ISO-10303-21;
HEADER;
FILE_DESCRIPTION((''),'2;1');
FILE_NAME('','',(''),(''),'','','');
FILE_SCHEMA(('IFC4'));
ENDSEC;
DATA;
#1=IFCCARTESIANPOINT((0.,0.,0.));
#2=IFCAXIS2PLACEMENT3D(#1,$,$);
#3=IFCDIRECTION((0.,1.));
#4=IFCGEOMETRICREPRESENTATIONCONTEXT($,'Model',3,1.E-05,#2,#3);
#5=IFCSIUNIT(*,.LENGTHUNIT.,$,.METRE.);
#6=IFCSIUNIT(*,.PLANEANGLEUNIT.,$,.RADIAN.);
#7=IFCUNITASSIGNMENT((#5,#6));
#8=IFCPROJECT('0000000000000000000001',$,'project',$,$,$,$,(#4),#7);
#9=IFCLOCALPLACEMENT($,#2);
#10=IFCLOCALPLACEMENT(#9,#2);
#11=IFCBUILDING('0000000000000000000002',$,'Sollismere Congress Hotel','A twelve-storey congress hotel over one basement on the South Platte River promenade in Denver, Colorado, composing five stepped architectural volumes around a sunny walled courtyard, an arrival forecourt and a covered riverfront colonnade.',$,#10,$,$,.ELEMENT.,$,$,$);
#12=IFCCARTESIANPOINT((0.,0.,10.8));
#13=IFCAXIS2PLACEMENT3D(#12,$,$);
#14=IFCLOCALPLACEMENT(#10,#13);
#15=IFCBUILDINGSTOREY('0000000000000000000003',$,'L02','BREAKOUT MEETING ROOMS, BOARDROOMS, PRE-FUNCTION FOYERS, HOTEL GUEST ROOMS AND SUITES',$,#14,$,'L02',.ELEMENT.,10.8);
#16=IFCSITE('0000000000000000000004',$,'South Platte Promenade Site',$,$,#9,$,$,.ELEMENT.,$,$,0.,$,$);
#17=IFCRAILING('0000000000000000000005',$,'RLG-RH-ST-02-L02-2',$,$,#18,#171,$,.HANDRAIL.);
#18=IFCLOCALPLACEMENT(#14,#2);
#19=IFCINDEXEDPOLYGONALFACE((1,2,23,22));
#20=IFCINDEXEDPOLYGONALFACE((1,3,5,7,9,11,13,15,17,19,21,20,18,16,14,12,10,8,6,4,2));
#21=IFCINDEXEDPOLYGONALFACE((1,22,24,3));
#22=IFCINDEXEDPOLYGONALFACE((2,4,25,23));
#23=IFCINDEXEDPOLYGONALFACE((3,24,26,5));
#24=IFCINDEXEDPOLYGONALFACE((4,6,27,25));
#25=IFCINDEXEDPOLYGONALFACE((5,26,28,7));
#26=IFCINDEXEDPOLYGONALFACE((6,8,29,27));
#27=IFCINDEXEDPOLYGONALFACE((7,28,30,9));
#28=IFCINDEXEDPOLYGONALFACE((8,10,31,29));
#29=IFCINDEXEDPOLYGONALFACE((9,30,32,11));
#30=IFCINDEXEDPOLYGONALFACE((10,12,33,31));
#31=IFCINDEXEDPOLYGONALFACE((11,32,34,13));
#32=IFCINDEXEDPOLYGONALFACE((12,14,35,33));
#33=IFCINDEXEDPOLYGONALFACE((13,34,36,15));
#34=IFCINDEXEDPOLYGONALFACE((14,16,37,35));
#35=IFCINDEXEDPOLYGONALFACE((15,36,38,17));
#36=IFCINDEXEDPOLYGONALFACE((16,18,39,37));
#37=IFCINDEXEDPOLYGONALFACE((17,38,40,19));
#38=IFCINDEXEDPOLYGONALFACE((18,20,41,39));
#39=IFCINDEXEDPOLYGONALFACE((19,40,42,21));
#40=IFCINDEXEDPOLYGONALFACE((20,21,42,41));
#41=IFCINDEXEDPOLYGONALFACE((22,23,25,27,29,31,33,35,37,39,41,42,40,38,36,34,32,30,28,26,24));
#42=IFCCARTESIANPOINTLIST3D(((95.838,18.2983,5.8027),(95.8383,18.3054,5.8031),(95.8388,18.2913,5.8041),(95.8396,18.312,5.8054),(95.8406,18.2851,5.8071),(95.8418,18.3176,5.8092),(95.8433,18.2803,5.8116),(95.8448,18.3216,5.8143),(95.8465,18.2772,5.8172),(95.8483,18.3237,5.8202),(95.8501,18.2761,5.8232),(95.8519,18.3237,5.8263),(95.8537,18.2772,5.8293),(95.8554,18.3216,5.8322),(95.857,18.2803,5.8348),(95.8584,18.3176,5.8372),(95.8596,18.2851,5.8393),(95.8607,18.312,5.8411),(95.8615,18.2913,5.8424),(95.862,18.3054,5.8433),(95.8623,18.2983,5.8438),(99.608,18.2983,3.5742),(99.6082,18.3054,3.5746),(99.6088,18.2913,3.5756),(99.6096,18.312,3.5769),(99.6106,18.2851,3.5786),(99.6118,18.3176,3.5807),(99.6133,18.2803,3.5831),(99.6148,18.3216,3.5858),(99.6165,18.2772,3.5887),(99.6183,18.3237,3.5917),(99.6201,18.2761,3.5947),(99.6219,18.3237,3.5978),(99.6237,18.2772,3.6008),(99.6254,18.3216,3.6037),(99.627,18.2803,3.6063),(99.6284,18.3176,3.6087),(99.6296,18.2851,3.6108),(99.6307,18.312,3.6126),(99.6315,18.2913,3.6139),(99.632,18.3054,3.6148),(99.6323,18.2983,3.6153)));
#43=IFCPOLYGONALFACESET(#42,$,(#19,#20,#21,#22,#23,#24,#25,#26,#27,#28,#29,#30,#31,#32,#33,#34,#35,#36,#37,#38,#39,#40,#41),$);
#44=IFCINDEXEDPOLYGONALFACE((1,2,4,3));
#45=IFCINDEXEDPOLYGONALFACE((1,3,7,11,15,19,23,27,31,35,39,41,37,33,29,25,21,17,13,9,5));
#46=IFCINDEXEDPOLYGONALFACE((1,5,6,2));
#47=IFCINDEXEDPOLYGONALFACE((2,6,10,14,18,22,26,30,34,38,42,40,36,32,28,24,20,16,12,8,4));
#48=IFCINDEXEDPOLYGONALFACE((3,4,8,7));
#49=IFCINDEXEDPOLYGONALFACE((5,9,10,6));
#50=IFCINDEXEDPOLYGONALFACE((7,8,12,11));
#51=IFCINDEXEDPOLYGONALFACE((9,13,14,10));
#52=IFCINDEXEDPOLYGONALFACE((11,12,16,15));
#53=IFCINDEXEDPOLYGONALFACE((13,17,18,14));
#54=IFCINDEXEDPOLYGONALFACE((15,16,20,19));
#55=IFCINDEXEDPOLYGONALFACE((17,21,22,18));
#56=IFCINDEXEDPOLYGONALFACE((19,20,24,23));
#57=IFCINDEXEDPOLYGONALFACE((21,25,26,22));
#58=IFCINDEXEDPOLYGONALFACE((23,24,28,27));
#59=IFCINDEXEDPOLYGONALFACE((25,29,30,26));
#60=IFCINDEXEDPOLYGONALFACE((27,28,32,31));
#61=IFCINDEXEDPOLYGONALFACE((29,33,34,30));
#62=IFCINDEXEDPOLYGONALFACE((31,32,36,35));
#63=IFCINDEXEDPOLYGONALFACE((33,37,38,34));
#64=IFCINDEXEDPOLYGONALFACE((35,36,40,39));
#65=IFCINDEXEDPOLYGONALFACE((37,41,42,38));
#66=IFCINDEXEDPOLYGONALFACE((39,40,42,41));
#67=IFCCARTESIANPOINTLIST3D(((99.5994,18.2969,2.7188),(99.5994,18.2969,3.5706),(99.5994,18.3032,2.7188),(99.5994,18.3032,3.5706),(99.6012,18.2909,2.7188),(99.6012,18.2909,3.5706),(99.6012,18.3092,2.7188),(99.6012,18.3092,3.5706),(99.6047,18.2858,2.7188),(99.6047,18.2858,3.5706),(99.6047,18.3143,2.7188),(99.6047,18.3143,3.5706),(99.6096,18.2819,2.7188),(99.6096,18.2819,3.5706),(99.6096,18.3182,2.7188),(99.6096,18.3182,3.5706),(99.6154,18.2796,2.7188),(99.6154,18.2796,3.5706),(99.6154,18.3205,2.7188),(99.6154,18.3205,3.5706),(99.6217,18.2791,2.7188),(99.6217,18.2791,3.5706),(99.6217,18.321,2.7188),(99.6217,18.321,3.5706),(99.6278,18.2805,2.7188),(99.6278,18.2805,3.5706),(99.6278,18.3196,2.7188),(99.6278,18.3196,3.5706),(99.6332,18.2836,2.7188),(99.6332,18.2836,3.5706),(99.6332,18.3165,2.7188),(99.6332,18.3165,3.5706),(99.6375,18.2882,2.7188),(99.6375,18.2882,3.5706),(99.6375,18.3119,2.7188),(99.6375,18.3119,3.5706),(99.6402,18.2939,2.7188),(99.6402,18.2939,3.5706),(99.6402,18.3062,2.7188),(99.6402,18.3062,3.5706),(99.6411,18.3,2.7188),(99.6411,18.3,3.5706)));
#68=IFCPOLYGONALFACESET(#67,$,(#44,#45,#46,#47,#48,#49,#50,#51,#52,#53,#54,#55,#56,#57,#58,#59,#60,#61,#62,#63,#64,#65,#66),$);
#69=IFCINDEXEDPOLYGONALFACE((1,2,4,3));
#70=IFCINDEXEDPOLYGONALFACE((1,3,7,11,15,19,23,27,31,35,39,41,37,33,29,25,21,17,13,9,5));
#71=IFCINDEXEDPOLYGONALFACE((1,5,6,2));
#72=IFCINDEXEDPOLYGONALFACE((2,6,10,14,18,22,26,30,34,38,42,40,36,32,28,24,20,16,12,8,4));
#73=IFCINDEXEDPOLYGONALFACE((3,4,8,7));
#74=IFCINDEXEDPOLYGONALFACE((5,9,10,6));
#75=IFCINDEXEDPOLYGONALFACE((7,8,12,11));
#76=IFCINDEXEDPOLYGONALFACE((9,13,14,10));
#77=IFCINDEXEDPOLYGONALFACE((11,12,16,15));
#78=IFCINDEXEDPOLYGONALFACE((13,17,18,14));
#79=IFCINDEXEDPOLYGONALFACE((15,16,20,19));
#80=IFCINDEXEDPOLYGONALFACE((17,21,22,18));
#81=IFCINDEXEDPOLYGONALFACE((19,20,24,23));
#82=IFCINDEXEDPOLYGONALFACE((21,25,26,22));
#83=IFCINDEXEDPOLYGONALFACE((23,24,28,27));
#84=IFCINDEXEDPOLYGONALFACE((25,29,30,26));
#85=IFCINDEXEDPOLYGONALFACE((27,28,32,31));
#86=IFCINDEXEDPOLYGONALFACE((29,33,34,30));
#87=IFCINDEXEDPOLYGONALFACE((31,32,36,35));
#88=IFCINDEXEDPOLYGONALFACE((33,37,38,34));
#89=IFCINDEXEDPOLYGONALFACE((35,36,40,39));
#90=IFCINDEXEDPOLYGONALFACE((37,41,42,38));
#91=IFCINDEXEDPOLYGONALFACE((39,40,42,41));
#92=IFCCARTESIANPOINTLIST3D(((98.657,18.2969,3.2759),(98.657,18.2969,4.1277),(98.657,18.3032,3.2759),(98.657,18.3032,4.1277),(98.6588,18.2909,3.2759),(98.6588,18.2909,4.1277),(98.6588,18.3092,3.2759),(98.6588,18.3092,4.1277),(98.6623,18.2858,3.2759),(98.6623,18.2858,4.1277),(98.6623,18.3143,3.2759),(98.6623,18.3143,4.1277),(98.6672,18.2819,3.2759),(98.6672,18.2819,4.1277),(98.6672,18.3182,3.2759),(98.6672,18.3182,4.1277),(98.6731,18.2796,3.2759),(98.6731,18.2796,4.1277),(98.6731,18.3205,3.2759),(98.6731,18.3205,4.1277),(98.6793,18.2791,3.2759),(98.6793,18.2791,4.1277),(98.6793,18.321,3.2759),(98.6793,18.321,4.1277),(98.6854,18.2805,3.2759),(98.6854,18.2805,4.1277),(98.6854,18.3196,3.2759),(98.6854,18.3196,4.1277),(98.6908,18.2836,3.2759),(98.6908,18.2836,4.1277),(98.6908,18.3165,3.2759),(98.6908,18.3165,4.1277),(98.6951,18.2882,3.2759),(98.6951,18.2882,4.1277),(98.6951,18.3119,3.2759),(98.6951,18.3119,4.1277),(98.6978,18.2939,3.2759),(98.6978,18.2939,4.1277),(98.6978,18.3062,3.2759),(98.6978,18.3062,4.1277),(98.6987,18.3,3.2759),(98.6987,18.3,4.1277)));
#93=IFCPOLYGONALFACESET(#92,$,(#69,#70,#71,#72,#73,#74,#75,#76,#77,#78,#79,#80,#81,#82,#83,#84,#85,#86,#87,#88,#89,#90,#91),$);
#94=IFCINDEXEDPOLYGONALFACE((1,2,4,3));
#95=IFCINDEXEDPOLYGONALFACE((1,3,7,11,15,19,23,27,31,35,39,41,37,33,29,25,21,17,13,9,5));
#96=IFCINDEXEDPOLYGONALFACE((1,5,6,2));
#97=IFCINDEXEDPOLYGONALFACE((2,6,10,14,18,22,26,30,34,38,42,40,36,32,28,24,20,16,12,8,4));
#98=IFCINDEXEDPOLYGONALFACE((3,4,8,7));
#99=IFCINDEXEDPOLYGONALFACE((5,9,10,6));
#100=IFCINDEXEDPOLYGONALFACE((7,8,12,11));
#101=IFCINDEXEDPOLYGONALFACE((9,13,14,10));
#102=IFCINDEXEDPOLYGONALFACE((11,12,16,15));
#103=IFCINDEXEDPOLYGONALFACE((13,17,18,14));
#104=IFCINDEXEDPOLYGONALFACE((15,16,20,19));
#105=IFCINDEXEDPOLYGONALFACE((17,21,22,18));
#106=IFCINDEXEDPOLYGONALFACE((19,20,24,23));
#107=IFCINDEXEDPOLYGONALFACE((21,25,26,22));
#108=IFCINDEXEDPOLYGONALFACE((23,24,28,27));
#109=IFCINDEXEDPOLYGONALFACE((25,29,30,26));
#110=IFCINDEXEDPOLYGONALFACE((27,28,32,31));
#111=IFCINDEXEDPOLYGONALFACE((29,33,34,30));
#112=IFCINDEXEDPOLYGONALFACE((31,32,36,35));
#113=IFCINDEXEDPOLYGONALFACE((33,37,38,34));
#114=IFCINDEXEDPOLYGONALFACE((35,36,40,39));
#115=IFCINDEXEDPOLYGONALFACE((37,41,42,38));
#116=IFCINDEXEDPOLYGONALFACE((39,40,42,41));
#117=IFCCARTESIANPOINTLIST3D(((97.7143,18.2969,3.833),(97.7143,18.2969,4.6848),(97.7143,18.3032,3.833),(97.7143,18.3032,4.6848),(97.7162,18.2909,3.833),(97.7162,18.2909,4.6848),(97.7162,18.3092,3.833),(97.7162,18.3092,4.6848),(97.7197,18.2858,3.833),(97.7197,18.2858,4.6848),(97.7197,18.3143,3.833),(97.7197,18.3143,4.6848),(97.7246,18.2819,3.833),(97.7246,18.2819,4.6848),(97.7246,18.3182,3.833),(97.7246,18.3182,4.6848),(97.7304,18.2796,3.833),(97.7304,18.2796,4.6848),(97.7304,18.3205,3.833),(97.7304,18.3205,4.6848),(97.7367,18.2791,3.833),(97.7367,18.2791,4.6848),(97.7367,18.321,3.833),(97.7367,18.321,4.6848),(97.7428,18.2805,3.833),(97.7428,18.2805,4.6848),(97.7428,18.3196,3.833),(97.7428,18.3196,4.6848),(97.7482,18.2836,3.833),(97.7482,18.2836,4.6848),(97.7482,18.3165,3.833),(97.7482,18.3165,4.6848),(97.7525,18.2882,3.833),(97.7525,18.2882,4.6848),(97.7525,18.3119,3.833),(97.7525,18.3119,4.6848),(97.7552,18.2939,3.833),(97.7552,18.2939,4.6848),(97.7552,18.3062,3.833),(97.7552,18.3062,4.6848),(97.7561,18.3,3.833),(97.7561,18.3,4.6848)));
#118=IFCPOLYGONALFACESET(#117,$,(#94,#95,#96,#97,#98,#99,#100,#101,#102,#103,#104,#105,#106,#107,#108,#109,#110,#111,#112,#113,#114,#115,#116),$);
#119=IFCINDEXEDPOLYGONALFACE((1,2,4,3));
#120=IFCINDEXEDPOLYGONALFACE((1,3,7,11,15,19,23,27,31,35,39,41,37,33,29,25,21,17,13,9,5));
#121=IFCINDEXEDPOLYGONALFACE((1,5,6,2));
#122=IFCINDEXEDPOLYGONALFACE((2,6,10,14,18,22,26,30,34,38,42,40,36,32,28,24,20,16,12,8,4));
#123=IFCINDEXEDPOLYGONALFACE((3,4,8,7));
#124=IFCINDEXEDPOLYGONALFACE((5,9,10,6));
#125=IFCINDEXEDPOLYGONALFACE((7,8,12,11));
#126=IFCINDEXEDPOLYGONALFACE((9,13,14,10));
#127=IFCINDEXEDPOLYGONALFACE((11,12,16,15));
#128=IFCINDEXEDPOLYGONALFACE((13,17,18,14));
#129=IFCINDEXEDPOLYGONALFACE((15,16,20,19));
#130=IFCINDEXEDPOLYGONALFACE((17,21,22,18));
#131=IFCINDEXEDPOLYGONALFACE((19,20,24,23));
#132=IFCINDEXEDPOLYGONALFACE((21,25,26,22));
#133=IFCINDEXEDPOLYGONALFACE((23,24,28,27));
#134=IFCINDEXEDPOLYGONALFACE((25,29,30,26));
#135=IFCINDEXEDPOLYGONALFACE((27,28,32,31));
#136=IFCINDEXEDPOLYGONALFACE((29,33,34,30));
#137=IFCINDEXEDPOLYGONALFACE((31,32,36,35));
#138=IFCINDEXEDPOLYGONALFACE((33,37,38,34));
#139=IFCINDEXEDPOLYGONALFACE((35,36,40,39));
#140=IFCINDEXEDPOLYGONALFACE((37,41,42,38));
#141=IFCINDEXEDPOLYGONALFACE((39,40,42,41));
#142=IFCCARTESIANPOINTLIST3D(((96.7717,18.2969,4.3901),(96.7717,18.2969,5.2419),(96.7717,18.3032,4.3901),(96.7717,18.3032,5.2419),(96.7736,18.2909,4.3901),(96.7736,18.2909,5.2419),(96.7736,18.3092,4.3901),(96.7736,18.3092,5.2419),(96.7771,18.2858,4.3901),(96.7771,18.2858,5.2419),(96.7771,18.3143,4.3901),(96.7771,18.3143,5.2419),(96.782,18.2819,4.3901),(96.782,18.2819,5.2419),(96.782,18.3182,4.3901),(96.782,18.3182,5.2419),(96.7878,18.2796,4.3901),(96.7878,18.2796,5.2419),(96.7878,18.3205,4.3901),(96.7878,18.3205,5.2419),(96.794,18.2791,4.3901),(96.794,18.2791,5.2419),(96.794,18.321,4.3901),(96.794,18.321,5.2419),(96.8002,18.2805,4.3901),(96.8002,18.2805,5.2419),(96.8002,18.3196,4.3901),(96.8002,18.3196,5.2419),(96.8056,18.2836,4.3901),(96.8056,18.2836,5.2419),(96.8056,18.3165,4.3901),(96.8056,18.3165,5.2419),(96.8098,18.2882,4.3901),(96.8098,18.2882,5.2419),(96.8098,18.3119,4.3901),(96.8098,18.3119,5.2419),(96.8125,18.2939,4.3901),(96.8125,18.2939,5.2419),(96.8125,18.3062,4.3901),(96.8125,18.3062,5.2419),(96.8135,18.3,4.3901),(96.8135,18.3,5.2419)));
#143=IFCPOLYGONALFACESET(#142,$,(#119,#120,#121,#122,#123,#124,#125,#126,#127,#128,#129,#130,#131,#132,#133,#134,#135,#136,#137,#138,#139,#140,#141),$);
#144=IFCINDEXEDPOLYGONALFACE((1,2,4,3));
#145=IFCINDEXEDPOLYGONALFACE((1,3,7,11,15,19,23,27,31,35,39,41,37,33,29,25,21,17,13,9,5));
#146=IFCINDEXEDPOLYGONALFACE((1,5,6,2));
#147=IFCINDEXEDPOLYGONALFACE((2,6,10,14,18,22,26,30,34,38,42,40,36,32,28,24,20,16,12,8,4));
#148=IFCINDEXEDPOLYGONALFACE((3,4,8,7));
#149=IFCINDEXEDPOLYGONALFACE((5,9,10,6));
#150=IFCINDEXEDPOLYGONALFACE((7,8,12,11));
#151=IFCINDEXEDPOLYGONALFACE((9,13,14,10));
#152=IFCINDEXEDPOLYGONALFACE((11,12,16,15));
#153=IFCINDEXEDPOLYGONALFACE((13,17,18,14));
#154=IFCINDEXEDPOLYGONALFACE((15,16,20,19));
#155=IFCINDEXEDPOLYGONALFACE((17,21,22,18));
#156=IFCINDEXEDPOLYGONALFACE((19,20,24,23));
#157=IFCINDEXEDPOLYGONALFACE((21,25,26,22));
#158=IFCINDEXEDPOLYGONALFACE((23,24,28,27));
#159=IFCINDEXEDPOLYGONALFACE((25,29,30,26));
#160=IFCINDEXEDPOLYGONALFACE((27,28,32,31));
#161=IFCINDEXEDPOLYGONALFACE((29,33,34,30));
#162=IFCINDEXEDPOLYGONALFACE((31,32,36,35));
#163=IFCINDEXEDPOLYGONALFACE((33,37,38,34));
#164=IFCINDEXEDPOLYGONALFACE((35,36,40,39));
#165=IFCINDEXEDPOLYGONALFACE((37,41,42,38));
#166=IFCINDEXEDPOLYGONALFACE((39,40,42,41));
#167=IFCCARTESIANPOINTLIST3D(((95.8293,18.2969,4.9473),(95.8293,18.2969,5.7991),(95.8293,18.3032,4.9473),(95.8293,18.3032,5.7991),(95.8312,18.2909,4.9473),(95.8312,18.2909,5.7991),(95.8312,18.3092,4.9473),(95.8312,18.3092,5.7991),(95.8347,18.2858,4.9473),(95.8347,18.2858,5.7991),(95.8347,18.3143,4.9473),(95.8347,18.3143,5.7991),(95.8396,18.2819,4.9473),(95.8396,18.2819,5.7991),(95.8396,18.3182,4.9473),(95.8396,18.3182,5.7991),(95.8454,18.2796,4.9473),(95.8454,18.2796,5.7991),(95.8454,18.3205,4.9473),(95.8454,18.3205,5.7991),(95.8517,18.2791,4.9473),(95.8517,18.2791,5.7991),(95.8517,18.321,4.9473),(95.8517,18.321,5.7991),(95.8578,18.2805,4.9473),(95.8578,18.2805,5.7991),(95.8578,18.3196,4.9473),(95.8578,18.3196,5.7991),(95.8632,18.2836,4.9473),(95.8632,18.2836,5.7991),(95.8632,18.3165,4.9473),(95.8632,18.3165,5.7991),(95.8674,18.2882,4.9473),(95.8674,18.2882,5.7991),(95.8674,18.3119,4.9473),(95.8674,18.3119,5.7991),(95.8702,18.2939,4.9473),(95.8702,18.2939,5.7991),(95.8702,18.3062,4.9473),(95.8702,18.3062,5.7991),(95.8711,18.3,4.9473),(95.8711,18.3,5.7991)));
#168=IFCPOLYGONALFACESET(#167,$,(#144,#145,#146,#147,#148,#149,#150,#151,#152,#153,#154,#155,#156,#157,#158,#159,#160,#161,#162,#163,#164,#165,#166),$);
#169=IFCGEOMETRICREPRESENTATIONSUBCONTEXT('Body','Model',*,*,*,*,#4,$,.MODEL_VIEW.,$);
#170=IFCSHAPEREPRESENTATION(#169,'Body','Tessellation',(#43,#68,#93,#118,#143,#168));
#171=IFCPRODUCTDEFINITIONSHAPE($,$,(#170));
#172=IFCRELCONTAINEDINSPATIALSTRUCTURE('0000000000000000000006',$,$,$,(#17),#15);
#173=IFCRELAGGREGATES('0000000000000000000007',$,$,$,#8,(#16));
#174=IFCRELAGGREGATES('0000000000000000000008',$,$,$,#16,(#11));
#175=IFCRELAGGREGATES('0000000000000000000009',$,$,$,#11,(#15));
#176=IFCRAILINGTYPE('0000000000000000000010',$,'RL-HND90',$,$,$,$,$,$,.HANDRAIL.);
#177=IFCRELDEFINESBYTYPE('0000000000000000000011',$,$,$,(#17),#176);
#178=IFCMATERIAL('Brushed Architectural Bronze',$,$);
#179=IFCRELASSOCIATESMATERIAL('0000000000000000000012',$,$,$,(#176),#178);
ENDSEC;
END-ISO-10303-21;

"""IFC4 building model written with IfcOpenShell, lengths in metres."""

from ifc_helpers import new_model, si_unit, direction, frame, origin, origin_2d, place, context, subcontext, project, spatial, circle, extrude, material, type_object, element, save


model = new_model("IFC4")

# Units and contexts
model_context = context("Model", 3, precision=1e-05, world=origin(), true_north=direction((0.0, 1.0)))
body_context = subcontext(model_context, "Body", "Model", "MODEL_VIEW")
ifc_project = project(units=[si_unit("LENGTHUNIT", "METRE"), si_unit("PLANEANGLEUNIT", "RADIAN")], contexts=[model_context])

# Site, building, storey
site_placement = place(None, origin())
site = spatial("IfcSite", under=ifc_project, at=site_placement, Name="South Platte Promenade Site", CompositionType="ELEMENT", RefElevation=0.0)
building_placement = place(site_placement, origin())
building = spatial("IfcBuilding", under=site, at=building_placement, Name="Sollismere Congress Hotel", Description="A twelve-storey congress hotel over one basement on the South Platte River promenade in Denver, Colorado, composing five stepped architectural volumes around a sunny walled courtyard, an arrival forecourt and a covered riverfront colonnade.", CompositionType="ELEMENT")
storey_placement = place(building_placement, frame((0.0, 0.0, 10.8)))
storey = spatial("IfcBuildingStorey", under=building, at=storey_placement, Name="L02", Description="BREAKOUT MEETING ROOMS, BOARDROOMS, PRE-FUNCTION FOYERS, HOTEL GUEST ROOMS AND SUITES", LongName="L02", CompositionType="ELEMENT", Elevation=10.8)

# Railing
ifc_material_1 = material(Name="Brushed Architectural Bronze")
railing_type_1 = type_object("IfcRailingType", Name="RL-HND90", PredefinedType="HANDRAIL", material=ifc_material_1)
railing_1_placement = place(storey_placement, frame((99.6201, 18.3, 2.7188)))
element("IfcRailing", 1, at=railing_1_placement, inside=storey, type_object=railing_type_1, Name="RLG-RH-ST-02-L02-2", PredefinedType="HANDRAIL", context=body_context, shape_type="SweptSolid", body=[
    extrude(circle(Radius=0.0239, at=origin_2d()), frame((0.0, 0.0, 0.876), z_axis=(-0.860849, 0.0, 0.508861), x_axis=(0.0, -1.0, 0.0)), (0.0, 0.0, 1.0), 4.3794),
    extrude(circle(Radius=0.021, at=origin_2d()), origin(), (0.0, 0.0, 1.0), 0.8518),
    extrude(circle(Radius=0.021, at=origin_2d()), frame((-0.9424, 0.0, 0.5571)), (0.0, 0.0, 1.0), 0.8518),
    extrude(circle(Radius=0.021, at=origin_2d()), frame((-1.885, 0.0, 1.1143)), (0.0, 0.0, 1.0), 0.8518),
    extrude(circle(Radius=0.021, at=origin_2d()), frame((-2.8276, 0.0, 1.6714)), (0.0, 0.0, 1.0), 0.8518),
    extrude(circle(Radius=0.021, at=origin_2d()), frame((-3.77, 0.0, 2.2285)), (0.0, 0.0, 1.0), 0.8518),
])

save(model, "model.ifc")
